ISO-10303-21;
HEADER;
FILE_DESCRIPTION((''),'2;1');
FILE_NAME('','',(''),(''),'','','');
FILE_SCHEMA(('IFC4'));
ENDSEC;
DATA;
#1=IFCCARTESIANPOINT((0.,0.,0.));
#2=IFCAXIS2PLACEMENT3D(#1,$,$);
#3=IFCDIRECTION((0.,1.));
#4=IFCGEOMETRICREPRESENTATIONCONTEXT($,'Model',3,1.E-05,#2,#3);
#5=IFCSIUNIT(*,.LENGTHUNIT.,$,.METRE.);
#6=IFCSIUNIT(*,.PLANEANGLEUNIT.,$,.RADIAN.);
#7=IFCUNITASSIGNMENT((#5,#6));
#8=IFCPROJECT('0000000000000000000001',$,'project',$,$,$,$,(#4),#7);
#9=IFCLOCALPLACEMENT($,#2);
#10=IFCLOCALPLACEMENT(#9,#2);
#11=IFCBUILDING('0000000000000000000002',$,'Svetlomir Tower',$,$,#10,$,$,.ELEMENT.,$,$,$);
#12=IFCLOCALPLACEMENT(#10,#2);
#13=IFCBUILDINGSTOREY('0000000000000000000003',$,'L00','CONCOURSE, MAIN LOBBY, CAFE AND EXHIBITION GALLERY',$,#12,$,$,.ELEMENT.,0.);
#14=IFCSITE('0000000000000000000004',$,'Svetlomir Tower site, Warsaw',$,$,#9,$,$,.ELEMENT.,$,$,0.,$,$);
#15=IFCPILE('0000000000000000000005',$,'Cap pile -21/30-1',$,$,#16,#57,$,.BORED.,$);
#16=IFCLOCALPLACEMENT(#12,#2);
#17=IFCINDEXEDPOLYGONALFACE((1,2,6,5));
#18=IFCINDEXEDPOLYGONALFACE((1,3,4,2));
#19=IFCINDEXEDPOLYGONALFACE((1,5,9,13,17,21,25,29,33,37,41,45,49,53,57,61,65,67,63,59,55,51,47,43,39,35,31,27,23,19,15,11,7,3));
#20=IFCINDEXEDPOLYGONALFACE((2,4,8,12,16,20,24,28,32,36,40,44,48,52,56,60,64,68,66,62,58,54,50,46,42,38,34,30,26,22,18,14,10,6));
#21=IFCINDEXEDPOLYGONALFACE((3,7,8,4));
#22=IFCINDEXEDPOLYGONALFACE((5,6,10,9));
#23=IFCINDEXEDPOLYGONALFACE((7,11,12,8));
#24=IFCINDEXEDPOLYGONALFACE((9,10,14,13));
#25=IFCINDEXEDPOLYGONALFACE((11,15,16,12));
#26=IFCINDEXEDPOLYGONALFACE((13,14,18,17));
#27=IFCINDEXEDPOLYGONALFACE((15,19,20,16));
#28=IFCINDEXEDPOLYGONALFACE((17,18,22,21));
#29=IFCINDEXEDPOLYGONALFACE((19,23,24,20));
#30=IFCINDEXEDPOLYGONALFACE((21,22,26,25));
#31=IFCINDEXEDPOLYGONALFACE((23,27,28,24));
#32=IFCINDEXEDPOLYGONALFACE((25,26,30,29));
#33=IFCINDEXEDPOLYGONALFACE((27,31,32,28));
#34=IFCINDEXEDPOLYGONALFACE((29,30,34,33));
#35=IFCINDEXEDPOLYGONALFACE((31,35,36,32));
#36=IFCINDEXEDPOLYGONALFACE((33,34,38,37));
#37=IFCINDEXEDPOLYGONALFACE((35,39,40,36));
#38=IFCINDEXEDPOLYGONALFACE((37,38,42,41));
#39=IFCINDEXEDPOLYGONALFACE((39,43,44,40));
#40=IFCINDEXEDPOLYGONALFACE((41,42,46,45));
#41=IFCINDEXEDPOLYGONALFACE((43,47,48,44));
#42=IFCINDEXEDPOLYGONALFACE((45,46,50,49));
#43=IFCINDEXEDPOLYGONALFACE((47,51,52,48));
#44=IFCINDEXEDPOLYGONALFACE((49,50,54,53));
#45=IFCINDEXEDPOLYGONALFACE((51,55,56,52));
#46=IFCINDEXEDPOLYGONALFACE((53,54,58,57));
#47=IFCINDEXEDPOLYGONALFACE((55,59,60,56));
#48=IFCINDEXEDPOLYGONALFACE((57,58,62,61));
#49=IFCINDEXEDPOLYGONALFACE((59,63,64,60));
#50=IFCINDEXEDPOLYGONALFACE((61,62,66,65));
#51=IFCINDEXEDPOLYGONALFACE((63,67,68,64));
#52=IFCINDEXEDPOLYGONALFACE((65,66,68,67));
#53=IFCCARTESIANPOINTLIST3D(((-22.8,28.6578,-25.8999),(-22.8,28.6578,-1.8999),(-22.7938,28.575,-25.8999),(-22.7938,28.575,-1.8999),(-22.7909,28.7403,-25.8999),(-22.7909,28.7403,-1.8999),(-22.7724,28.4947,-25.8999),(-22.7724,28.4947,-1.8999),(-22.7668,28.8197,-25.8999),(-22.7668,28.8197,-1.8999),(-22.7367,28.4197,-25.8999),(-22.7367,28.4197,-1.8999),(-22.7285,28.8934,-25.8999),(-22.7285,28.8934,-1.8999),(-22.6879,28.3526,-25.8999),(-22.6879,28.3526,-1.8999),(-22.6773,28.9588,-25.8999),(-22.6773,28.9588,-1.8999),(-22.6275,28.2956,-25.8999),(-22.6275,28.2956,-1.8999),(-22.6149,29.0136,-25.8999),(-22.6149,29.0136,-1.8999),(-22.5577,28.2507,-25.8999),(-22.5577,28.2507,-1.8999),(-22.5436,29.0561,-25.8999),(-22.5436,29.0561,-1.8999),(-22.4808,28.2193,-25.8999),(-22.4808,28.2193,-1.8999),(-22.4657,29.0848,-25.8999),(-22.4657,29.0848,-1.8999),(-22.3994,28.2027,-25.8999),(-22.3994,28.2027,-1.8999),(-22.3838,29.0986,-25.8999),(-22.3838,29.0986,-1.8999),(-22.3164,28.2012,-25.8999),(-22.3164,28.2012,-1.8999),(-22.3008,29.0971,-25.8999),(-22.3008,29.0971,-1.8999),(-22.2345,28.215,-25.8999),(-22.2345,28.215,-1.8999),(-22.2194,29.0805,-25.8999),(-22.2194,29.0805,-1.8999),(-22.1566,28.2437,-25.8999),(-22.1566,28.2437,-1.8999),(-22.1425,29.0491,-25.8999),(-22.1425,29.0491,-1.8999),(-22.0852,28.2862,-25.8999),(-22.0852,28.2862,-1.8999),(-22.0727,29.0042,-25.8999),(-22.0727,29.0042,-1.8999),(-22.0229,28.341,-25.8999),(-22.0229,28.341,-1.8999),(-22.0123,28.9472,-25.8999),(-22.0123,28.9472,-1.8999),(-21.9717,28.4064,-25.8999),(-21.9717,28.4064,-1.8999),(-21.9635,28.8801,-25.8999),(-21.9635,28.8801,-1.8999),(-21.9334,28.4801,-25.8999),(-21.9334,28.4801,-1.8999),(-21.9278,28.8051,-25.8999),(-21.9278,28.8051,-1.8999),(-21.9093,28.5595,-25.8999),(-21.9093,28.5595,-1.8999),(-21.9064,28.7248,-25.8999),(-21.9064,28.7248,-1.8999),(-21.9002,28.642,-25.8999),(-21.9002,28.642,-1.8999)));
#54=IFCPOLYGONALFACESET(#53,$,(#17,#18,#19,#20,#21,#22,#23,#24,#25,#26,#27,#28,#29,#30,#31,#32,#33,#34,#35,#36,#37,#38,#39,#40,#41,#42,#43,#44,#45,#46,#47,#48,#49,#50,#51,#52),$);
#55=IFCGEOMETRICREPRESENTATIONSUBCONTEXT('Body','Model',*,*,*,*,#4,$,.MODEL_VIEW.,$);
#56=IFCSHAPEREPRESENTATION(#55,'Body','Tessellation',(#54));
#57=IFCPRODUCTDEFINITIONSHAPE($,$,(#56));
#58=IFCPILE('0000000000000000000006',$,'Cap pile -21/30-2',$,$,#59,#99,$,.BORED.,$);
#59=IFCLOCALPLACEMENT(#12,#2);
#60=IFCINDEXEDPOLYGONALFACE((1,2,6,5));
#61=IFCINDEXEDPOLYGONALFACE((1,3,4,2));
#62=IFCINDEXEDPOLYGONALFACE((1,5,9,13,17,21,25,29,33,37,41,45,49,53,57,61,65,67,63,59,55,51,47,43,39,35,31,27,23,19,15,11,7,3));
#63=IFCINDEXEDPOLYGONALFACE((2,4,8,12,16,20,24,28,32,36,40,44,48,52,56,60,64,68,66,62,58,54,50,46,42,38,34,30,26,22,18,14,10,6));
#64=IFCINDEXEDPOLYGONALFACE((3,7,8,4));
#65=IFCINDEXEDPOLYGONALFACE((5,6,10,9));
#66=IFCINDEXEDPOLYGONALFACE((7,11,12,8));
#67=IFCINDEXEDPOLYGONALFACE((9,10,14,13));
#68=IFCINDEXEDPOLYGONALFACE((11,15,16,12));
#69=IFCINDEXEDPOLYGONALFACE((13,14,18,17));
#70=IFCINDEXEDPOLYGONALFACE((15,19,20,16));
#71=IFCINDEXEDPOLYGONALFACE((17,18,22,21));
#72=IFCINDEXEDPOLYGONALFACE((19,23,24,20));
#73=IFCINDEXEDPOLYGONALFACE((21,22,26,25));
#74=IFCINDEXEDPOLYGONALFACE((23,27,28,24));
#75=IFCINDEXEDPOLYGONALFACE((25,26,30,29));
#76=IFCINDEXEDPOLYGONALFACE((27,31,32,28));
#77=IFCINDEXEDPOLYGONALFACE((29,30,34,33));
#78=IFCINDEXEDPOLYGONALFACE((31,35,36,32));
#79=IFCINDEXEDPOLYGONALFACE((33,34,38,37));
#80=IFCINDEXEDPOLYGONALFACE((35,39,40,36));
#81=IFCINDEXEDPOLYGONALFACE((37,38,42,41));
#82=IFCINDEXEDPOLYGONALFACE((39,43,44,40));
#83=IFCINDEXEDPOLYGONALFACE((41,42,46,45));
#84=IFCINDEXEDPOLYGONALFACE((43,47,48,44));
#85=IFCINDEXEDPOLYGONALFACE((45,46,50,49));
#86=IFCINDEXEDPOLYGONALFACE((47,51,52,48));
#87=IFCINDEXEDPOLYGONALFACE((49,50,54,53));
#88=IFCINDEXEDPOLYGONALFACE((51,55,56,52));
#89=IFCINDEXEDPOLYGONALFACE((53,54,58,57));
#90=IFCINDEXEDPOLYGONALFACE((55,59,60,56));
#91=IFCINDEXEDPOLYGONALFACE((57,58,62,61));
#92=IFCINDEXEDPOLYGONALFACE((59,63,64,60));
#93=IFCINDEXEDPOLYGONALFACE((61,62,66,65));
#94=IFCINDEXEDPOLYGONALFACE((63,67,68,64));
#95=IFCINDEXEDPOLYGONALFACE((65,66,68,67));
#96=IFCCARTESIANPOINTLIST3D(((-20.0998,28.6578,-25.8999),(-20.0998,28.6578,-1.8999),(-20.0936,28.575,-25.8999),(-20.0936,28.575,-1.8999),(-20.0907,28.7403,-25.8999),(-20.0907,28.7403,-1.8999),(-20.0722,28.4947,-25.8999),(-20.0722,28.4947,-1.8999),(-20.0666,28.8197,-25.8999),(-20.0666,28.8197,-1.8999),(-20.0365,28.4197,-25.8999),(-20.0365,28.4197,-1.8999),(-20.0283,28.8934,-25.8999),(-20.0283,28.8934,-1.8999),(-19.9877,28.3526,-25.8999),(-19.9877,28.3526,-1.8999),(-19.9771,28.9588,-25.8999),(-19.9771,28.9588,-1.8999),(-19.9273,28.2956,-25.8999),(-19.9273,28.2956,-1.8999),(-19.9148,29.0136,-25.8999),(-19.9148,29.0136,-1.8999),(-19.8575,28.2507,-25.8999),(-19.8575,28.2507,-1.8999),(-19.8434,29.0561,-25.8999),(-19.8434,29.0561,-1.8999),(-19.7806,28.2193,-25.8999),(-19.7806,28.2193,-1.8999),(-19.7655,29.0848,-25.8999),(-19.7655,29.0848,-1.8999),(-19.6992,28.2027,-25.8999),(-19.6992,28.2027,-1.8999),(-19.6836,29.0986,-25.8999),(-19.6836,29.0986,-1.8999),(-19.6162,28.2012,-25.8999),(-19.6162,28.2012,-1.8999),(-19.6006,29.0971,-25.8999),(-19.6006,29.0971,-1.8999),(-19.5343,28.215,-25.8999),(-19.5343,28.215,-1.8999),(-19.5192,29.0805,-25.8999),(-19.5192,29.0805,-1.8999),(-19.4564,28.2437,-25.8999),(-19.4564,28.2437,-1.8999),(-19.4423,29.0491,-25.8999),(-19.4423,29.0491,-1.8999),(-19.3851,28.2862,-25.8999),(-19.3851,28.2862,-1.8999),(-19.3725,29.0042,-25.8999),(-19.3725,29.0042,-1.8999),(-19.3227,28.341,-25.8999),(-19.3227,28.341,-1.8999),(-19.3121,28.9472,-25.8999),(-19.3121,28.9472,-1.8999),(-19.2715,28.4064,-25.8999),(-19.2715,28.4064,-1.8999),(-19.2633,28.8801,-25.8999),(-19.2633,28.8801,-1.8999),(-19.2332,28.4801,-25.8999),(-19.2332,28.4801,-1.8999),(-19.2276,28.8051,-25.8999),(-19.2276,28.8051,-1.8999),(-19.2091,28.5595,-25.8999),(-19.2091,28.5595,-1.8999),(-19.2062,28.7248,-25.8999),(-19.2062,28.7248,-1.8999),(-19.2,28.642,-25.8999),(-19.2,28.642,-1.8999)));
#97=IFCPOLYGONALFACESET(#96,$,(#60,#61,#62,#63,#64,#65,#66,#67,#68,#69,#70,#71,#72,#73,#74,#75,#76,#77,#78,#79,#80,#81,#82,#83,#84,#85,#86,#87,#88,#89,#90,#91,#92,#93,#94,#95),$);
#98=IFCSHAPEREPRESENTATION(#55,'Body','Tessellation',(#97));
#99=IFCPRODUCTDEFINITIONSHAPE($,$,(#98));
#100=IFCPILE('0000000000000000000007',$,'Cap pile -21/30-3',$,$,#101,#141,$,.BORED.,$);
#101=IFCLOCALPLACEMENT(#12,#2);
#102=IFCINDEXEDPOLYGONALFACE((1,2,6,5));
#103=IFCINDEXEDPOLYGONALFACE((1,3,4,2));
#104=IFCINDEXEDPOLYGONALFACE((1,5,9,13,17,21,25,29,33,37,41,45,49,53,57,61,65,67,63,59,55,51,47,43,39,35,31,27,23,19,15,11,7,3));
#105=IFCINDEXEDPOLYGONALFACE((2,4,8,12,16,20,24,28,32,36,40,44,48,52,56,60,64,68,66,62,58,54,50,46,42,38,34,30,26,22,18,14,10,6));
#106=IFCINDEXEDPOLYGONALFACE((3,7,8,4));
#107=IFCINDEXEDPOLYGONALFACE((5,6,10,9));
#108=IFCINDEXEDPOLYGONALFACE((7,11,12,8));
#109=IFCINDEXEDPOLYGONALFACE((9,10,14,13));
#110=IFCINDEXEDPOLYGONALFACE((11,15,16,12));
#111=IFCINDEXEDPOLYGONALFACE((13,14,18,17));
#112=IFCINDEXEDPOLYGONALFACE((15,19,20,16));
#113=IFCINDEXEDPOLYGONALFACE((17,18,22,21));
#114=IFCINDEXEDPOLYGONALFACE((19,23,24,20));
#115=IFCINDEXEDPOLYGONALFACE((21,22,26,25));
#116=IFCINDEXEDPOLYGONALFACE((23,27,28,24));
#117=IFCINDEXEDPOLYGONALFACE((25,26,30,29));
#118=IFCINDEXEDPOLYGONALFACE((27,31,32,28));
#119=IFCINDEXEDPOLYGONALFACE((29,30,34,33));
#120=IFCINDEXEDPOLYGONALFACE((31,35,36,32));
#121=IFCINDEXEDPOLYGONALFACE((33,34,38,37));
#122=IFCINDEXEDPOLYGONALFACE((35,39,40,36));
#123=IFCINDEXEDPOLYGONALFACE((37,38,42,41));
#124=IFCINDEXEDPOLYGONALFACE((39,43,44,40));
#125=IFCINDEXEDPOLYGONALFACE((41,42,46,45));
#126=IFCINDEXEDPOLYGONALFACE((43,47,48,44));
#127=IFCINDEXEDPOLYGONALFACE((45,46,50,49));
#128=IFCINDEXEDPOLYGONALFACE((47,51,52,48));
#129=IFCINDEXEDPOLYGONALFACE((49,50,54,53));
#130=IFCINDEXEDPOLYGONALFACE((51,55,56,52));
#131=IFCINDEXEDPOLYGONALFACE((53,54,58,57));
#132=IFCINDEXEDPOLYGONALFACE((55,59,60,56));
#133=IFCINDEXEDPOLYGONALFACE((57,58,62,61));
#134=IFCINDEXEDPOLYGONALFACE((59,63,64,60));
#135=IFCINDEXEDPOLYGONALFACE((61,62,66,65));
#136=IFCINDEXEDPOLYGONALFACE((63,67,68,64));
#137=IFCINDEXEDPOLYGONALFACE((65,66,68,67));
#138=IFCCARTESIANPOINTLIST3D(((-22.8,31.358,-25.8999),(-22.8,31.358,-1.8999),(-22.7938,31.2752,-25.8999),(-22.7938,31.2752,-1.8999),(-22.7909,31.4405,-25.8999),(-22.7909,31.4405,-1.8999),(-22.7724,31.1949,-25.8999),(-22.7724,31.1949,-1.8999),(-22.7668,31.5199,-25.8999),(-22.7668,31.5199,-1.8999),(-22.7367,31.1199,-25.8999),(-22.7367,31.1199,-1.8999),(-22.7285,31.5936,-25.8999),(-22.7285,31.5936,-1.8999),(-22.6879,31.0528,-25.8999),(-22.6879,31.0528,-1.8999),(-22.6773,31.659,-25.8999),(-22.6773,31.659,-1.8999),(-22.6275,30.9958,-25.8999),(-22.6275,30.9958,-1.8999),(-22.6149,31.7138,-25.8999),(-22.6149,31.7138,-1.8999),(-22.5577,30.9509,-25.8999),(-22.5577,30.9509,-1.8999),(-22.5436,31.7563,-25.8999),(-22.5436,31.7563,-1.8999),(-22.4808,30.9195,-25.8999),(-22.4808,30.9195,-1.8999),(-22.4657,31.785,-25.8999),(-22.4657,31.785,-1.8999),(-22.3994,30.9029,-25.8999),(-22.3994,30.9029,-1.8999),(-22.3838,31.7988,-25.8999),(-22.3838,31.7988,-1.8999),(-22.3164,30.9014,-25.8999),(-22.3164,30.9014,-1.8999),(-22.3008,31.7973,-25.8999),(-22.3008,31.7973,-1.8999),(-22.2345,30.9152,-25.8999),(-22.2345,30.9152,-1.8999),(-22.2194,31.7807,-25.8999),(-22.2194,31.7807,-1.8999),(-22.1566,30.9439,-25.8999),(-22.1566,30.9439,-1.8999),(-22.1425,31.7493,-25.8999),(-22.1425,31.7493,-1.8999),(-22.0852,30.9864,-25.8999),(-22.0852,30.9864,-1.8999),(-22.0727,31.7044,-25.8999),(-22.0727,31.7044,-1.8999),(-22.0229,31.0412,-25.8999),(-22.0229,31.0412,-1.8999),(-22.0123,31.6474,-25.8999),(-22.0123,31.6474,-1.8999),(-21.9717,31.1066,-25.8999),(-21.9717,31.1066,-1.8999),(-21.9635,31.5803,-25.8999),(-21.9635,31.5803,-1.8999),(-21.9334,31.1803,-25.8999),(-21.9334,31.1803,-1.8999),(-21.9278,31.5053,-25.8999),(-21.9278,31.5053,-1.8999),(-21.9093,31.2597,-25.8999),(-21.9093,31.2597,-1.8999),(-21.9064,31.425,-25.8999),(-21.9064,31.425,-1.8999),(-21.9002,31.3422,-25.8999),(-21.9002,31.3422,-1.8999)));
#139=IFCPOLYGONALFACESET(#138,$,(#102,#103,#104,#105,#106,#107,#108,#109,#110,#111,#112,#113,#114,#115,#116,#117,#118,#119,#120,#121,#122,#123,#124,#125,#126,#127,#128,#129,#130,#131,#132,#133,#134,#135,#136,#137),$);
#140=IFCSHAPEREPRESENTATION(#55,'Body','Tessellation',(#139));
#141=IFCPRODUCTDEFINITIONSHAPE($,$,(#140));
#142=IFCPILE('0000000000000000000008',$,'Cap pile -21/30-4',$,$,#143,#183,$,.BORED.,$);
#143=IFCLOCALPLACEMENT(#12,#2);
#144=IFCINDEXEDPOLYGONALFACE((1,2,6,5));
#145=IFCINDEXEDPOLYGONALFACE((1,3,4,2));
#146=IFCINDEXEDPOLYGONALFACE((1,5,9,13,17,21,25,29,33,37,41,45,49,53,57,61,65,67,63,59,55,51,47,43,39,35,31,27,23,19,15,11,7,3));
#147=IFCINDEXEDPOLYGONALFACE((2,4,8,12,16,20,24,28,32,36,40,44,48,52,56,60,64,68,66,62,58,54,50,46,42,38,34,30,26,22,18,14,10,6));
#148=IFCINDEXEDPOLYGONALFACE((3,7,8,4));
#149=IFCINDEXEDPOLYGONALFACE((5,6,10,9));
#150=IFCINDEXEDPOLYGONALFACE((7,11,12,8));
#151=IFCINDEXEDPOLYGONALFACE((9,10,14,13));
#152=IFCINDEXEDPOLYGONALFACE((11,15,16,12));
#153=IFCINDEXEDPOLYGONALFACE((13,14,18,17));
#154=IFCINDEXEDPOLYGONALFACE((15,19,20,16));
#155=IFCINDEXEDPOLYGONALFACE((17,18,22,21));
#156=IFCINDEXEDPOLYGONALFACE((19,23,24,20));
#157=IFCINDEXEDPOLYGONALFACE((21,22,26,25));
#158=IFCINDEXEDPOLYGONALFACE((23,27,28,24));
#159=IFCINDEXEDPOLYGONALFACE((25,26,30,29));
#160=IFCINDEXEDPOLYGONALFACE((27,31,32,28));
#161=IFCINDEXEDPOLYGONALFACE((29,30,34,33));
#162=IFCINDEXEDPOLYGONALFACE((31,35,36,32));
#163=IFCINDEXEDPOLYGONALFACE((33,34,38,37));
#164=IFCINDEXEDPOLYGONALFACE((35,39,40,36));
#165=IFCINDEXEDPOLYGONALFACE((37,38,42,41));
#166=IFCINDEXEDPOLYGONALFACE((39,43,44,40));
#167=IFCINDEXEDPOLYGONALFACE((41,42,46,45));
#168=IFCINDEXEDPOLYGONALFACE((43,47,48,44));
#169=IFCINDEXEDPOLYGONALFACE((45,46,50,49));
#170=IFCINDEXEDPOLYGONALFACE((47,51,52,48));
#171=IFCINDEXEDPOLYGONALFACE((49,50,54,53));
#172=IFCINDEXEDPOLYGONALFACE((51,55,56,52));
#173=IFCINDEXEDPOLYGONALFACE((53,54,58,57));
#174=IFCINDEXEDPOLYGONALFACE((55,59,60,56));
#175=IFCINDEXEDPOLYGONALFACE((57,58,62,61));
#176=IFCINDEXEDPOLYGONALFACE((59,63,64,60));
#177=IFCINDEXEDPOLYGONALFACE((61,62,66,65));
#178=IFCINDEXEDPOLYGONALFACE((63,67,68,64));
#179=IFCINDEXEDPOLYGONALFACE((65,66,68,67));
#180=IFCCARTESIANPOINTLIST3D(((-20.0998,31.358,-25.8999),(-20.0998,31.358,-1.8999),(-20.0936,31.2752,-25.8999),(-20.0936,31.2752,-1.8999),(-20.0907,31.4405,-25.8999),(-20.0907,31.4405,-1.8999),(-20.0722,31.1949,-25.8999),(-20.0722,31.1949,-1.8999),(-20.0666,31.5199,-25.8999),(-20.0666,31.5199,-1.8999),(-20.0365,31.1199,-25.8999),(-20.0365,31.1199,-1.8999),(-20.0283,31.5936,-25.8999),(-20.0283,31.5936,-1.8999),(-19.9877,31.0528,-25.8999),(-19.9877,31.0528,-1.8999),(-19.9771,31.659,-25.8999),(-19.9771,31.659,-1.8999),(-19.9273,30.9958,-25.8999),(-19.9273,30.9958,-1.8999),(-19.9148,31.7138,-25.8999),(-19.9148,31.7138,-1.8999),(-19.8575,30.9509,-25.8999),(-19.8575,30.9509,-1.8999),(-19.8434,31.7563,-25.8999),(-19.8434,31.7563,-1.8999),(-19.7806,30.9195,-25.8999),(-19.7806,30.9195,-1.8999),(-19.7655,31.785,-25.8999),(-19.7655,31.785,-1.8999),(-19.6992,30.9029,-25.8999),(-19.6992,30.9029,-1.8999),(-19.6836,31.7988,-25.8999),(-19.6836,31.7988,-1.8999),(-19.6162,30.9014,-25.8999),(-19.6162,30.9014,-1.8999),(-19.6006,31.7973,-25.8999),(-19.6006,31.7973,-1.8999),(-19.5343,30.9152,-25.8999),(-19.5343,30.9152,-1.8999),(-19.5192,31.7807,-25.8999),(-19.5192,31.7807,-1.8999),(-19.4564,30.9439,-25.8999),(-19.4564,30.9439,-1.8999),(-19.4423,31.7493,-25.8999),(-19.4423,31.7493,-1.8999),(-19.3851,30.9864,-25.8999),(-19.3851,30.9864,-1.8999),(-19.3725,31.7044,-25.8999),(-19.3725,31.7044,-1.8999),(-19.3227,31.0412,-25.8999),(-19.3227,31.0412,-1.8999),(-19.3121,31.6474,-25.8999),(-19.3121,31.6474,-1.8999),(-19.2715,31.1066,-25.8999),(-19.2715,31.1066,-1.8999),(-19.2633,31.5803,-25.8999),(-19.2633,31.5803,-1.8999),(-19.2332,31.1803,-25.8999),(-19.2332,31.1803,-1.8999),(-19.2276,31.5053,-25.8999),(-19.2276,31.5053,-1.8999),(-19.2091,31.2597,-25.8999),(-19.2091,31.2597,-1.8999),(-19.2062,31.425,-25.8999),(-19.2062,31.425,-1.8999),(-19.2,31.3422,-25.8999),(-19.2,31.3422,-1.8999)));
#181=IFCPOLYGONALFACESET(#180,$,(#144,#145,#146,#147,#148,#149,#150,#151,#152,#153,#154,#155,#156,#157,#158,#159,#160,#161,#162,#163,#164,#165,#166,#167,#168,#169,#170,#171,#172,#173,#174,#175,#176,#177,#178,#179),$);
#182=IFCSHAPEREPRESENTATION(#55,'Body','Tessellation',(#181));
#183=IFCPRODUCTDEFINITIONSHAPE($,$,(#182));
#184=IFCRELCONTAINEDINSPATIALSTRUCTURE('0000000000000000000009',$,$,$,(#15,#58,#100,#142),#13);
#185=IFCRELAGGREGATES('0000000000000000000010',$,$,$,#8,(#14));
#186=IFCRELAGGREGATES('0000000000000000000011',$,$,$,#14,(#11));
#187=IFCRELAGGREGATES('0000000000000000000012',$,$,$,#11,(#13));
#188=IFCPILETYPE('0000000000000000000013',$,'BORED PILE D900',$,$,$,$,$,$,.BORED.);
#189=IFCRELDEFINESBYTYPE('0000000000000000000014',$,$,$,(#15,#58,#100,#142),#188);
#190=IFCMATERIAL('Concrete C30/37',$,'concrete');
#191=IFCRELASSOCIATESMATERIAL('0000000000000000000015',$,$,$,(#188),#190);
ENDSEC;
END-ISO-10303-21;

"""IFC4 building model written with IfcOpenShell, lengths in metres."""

from ifc_helpers import new_model, si_unit, direction, frame, frame_2d, origin, origin_2d, place, context, subcontext, project, spatial, circle, extrude, material, material_profile, profile_set, type_object, element, save


model = new_model("IFC4")

# Units and contexts
model_context = context("Model", 3, precision=1e-05, world=origin(), true_north=direction((0.0, 1.0)))
body_context = subcontext(model_context, "Body", "Model", "MODEL_VIEW")
ifc_project = project(units=[si_unit("LENGTHUNIT", "METRE"), si_unit("PLANEANGLEUNIT", "RADIAN")], contexts=[model_context])

# Site, building, storey
site_placement = place(None, origin())
site = spatial("IfcSite", under=ifc_project, at=site_placement, Name="Svetlomir Tower site, Warsaw", CompositionType="ELEMENT", RefElevation=0.0)
building_placement = place(site_placement, origin())
building = spatial("IfcBuilding", under=site, at=building_placement, Name="Svetlomir Tower", CompositionType="ELEMENT")
storey_placement = place(building_placement, origin())
storey = spatial("IfcBuildingStorey", under=building, at=storey_placement, Name="L00", Description="CONCOURSE, MAIN LOBBY, CAFE AND EXHIBITION GALLERY", CompositionType="ELEMENT", Elevation=0.0)

# Piles
ifc_material_1 = material(Name="Concrete C30/37", Category="concrete")
ifc_material_profile_1 = material_profile(ifc_material_1, circle(Radius=0.45, at=origin_2d()), Name="RC D900")
ifc_profile_set_1 = profile_set([ifc_material_profile_1], Name="Concrete C30/37")
pile_type = type_object("IfcPileType", Name="BORED PILE D900", PredefinedType="BORED", material=ifc_profile_set_1)
for number, where, z_axis, x_axis, name in (
    (1, (-22.3501, 28.6499, -1.8999), (0.0, 0.0, -1.0), (1.0, 0.0, 0.0), "Cap pile -21/30-1"),
    (2, (-19.6499, 28.6499, -1.8999), (0.0, 0.0, -1.0), (1.0, 0.0, 0.0), "Cap pile -21/30-2"),
    (3, (-22.3501, 31.3501, -1.8999), (0.0, 0.0, -1.0), (1.0, 0.0, 0.0), "Cap pile -21/30-3"),
    (4, (-19.6499, 31.3501, -1.8999), (0.0, 0.0, -1.0), (1.0, 0.0, 0.0), "Cap pile -21/30-4"),
):
    element("IfcPile", number, at=place(storey_placement, frame(where, z_axis=z_axis, x_axis=x_axis)), inside=storey, type_object=pile_type, Name=name, PredefinedType="BORED", context=body_context, shape_type="SweptSolid", body=[
        extrude(circle(Radius=0.45, at=frame_2d((0.0, 0.0), x_axis=(0.999848, 0.017452))), origin(), (0.0, 0.0, 1.0), 24.0),
    ])

save(model, "model.ifc")
